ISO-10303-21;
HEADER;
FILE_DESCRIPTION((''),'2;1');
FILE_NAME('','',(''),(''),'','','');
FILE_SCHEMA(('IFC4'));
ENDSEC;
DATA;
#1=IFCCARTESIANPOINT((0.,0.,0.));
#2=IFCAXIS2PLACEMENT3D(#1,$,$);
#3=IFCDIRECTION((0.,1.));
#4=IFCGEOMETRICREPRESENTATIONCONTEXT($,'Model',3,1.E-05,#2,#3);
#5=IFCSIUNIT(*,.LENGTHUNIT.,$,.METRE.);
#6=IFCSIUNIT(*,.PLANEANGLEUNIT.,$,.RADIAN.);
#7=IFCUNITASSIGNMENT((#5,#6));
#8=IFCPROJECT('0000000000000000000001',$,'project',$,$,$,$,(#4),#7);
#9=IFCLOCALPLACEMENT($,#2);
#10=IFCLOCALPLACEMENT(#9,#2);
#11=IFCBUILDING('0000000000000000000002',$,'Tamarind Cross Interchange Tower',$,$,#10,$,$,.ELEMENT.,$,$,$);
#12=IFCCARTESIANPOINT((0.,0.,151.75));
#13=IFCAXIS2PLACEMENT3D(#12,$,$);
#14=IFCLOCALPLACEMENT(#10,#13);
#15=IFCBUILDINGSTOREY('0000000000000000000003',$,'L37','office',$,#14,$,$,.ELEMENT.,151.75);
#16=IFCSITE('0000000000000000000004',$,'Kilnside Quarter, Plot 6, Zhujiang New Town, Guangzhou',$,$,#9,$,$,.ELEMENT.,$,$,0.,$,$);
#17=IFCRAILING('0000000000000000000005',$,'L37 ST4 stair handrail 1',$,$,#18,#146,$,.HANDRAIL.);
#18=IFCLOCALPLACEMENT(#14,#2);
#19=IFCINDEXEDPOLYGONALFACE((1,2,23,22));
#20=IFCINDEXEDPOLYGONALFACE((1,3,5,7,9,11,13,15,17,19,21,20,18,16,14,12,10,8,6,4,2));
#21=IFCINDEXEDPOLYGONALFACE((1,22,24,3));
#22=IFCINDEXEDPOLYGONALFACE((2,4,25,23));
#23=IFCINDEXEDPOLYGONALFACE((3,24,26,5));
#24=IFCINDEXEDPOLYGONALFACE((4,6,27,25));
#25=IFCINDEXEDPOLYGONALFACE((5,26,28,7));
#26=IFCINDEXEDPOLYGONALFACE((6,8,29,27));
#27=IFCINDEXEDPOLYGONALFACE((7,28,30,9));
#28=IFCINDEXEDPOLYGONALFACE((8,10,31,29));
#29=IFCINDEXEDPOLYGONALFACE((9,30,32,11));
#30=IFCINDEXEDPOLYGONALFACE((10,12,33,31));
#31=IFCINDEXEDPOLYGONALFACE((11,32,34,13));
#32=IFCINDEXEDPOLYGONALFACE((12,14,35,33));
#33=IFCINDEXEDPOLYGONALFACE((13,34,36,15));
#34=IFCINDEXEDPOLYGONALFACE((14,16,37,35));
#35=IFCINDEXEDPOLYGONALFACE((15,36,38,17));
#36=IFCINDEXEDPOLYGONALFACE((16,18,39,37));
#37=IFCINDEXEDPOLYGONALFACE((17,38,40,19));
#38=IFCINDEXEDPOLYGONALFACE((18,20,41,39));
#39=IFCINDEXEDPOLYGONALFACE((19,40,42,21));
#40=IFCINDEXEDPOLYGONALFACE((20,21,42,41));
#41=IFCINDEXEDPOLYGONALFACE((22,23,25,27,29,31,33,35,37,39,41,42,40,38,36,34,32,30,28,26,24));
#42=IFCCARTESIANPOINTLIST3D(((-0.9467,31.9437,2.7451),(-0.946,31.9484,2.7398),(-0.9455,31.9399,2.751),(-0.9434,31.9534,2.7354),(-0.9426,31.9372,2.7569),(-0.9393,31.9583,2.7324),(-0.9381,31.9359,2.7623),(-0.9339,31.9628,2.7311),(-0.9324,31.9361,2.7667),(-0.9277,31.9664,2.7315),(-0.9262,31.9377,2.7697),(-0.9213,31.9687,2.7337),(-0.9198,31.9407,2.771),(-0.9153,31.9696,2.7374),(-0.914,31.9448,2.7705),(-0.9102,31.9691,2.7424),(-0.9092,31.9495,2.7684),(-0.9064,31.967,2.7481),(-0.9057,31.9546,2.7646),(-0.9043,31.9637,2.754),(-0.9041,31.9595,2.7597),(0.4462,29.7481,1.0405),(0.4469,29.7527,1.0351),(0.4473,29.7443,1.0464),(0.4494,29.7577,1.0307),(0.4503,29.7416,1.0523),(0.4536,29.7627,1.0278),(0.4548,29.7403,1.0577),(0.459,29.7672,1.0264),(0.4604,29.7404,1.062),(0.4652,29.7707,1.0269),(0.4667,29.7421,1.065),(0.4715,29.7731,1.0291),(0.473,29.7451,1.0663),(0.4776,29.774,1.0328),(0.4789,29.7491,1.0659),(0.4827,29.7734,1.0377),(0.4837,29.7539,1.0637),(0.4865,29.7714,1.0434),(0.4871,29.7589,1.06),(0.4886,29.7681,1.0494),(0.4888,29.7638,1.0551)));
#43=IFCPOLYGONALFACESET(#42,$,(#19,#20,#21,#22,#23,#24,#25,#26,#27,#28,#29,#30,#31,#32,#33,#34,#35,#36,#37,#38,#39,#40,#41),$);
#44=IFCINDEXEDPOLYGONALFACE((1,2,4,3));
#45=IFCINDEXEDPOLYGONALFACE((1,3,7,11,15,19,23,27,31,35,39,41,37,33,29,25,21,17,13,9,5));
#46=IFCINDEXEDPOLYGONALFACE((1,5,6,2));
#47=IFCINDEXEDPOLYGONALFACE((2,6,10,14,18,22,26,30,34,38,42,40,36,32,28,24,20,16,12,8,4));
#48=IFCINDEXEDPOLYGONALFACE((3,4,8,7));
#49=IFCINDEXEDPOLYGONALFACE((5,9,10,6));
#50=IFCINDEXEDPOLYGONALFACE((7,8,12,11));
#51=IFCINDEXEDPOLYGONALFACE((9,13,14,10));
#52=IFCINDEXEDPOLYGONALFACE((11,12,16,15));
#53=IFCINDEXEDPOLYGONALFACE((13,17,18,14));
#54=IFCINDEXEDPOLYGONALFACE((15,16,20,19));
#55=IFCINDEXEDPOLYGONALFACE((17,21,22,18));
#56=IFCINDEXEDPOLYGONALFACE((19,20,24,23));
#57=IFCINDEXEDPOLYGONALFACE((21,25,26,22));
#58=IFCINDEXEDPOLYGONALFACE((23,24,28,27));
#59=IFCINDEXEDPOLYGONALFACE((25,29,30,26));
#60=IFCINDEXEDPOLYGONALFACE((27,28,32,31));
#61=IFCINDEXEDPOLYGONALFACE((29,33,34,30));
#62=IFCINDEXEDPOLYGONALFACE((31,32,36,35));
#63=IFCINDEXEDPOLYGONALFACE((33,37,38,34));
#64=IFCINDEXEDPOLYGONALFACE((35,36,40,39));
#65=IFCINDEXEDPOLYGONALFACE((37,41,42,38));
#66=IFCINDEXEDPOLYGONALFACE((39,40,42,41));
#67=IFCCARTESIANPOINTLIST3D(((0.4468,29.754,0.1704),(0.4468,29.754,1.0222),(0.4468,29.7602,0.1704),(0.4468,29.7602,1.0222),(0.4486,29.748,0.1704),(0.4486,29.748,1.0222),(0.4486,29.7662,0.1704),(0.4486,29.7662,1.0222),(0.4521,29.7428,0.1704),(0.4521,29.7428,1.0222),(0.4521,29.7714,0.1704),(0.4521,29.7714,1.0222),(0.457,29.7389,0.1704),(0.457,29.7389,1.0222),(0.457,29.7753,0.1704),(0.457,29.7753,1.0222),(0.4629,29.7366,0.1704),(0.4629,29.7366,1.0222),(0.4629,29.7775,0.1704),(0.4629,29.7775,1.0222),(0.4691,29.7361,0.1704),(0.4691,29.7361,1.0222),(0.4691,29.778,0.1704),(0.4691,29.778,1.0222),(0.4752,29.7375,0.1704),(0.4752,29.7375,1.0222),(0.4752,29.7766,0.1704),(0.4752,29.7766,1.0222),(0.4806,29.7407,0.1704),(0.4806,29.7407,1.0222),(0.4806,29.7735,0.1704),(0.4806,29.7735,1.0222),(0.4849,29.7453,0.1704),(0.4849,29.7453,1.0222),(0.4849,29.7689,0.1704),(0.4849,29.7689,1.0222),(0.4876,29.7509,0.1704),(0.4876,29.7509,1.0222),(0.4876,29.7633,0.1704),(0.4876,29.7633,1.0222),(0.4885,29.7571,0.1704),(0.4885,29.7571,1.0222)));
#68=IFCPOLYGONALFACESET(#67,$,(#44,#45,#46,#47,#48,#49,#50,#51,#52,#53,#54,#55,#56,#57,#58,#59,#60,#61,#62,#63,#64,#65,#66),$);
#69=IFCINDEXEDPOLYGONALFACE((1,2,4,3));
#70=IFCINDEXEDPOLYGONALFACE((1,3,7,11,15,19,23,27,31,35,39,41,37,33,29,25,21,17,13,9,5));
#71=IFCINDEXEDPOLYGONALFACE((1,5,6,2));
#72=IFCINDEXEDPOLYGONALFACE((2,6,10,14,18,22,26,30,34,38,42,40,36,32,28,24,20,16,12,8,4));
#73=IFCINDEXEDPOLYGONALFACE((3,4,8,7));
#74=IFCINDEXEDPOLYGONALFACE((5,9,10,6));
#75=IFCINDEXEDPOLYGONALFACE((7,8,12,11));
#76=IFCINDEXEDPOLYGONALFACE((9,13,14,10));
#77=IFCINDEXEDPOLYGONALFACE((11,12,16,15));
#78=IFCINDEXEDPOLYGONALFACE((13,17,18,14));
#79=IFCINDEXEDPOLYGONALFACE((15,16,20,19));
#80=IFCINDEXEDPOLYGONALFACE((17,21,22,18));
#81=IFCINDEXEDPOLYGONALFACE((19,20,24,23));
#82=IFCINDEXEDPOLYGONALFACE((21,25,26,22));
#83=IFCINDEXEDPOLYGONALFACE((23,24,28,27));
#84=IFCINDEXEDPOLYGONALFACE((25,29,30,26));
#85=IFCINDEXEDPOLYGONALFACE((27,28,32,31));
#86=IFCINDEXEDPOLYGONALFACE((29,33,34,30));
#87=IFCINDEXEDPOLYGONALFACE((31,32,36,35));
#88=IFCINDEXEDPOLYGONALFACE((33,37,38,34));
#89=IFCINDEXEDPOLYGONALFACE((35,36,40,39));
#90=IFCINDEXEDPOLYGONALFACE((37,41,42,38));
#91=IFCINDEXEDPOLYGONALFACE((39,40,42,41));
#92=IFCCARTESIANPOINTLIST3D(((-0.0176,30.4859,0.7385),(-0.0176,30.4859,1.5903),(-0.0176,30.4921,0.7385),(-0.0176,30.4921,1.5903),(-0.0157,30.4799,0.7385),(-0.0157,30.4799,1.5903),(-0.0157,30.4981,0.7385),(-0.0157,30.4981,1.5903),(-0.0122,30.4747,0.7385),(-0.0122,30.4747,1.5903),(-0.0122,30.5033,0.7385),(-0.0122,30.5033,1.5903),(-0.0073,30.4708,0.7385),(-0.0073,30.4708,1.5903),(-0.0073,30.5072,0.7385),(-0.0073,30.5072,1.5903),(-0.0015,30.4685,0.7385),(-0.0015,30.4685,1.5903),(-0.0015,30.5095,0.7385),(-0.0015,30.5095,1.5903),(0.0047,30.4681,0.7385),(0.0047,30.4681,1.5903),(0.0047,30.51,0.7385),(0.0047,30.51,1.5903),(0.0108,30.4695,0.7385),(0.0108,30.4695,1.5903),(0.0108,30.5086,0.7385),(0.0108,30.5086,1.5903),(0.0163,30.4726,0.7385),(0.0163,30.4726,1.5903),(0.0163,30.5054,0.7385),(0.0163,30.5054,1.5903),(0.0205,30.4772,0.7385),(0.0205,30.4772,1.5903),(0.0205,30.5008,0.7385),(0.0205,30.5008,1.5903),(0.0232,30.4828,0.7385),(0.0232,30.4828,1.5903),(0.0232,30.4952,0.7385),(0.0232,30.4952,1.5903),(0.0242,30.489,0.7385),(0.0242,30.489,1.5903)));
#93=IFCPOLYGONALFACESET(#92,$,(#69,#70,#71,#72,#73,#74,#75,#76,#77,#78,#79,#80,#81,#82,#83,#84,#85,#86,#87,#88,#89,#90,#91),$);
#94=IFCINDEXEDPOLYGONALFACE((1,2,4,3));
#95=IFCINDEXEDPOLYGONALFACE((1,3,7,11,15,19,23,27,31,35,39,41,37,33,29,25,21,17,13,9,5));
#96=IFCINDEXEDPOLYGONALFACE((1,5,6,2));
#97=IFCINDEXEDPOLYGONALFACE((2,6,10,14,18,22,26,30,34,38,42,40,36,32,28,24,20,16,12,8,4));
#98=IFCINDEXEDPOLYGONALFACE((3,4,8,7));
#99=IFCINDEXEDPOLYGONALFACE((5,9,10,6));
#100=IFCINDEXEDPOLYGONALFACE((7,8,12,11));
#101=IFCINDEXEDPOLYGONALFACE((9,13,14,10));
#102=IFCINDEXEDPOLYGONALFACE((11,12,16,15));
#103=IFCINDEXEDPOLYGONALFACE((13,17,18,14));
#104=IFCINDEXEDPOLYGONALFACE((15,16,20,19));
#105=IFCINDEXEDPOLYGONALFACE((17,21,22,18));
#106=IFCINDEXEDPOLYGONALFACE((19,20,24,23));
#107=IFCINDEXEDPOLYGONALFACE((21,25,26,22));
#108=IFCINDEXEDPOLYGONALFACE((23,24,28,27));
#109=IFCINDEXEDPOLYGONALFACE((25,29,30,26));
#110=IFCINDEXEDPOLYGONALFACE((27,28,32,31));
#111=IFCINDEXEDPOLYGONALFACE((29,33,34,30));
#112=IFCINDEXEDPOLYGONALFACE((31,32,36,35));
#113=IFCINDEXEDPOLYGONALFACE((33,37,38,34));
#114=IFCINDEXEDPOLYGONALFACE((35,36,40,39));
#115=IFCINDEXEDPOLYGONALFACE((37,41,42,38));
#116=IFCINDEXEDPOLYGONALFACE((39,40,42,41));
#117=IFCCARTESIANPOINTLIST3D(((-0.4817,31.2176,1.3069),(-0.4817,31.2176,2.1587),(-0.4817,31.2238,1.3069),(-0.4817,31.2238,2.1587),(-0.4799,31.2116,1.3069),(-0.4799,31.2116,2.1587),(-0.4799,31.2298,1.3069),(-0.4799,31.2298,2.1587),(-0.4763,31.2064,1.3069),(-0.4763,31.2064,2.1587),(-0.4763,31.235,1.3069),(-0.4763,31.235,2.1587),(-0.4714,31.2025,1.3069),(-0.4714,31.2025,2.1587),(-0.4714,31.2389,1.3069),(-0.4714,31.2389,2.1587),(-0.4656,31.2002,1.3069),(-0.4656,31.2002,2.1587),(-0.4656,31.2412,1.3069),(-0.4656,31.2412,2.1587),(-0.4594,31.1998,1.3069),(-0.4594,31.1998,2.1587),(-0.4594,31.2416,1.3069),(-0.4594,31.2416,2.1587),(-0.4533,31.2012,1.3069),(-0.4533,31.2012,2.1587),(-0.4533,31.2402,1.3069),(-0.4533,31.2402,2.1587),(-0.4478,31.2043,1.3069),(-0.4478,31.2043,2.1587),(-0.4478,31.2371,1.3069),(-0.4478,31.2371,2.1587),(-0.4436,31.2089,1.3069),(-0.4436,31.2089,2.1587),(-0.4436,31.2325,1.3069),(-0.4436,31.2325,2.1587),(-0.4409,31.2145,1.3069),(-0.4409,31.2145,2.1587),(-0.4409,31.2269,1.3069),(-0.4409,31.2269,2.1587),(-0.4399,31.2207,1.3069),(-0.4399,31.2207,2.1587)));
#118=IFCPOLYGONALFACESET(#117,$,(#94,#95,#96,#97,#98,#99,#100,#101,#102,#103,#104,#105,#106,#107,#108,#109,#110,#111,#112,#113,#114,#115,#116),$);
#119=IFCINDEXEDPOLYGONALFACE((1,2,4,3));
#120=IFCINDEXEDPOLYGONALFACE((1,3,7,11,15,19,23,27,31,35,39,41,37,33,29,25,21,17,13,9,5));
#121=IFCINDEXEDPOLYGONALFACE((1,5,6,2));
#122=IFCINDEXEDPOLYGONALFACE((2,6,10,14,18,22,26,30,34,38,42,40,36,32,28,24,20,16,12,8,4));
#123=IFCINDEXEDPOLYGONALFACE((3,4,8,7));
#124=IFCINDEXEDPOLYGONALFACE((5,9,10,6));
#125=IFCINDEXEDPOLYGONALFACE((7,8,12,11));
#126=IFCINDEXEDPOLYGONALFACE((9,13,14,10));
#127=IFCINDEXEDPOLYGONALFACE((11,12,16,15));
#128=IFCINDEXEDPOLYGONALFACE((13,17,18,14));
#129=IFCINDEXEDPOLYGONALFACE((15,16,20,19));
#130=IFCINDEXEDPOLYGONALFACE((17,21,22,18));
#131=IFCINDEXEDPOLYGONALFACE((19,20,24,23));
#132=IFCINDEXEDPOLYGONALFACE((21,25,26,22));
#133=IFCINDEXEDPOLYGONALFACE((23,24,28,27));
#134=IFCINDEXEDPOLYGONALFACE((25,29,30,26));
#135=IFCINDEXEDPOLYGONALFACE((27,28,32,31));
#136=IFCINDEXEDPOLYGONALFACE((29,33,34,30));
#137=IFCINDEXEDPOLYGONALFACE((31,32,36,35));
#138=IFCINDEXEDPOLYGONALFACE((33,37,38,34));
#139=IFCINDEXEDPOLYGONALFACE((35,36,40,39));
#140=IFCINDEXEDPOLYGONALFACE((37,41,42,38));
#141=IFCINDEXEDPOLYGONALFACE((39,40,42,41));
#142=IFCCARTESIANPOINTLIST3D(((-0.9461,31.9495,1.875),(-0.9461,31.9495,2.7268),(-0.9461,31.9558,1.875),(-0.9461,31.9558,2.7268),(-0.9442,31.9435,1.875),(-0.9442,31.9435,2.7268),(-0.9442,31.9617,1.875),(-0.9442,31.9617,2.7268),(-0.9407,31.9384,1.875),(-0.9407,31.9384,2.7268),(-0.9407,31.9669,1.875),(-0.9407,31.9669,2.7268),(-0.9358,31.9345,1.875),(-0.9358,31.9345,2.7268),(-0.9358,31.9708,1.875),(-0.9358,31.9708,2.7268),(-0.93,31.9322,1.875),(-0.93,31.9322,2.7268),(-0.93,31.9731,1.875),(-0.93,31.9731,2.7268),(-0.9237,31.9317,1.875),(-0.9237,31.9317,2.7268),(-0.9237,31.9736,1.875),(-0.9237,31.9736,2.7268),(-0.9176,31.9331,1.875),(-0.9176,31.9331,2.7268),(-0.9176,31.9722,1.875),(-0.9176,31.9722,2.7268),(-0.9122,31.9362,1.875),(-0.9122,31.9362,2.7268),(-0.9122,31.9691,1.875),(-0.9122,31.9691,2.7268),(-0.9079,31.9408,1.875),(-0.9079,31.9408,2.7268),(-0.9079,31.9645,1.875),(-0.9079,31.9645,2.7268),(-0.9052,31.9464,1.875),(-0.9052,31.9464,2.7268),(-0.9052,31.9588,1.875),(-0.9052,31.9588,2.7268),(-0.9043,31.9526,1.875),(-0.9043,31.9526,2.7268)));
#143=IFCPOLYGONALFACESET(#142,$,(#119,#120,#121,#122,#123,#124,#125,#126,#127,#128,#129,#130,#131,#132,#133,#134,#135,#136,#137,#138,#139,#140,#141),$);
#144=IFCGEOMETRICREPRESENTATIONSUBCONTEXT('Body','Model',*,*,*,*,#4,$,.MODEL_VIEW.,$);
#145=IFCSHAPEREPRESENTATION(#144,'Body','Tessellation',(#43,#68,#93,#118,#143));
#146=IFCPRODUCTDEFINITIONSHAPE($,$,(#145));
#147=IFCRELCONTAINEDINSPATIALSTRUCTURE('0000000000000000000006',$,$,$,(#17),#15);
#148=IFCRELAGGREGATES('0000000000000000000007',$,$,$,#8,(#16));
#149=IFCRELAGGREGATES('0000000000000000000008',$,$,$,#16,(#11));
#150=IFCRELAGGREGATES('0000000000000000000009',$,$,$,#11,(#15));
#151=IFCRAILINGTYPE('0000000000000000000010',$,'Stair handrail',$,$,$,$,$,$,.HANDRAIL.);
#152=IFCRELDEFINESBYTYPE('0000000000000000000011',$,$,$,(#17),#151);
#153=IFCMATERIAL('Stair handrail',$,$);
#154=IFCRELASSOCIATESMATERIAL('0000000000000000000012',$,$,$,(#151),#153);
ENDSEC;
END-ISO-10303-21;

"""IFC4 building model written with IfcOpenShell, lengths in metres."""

from ifc_helpers import new_model, si_unit, direction, frame, origin, origin_2d, place, context, subcontext, project, spatial, circle, extrude, material, type_object, element, save


model = new_model("IFC4")

# Units and contexts
model_context = context("Model", 3, precision=1e-05, world=origin(), true_north=direction((0.0, 1.0)))
body_context = subcontext(model_context, "Body", "Model", "MODEL_VIEW")
ifc_project = project(units=[si_unit("LENGTHUNIT", "METRE"), si_unit("PLANEANGLEUNIT", "RADIAN")], contexts=[model_context])

# Site, building, storey
site_placement = place(None, origin())
site = spatial("IfcSite", under=ifc_project, at=site_placement, Name="Kilnside Quarter, Plot 6, Zhujiang New Town, Guangzhou", CompositionType="ELEMENT", RefElevation=0.0)
building_placement = place(site_placement, origin())
building = spatial("IfcBuilding", under=site, at=building_placement, Name="Tamarind Cross Interchange Tower", CompositionType="ELEMENT")
storey_placement = place(building_placement, frame((0.0, 0.0, 151.75)))
storey = spatial("IfcBuildingStorey", under=building, at=storey_placement, Name="L37", Description="office", CompositionType="ELEMENT", Elevation=151.75)

# Railing
ifc_material_1 = material(Name="Stair handrail")
railing_type = type_object("IfcRailingType", Name="Stair handrail", PredefinedType="HANDRAIL", material=ifc_material_1)
railing_placement = place(storey_placement, frame((0.4675, 29.7571, 0.1704)))
element("IfcRailing", 1, at=railing_placement, inside=storey, type_object=railing_type, Name="L37 ST4 stair handrail 1", PredefinedType="HANDRAIL", context=body_context, shape_type="SweptSolid", body=[
    extrude(circle(Radius=0.0239, at=origin_2d()), frame((0.0, 0.0, 0.876), z_axis=(-0.447993, 0.706188, 0.548271), x_axis=(-0.844418, -0.535684, 0.0)), (0.0, 0.0, 1.0), 3.1091),
    extrude(circle(Radius=0.021, at=origin_2d()), origin(), (0.0, 0.0, 1.0), 0.8518),
    extrude(circle(Radius=0.021, at=origin_2d()), frame((-0.4644, 0.7319, 0.5681)), (0.0, 0.0, 1.0), 0.8518),
    extrude(circle(Radius=0.021, at=origin_2d()), frame((-0.9285, 1.4636, 1.1365)), (0.0, 0.0, 1.0), 0.8518),
    extrude(circle(Radius=0.021, at=origin_2d()), frame((-1.3928, 2.1956, 1.7046)), (0.0, 0.0, 1.0), 0.8518),
])

save(model, "model.ifc")
